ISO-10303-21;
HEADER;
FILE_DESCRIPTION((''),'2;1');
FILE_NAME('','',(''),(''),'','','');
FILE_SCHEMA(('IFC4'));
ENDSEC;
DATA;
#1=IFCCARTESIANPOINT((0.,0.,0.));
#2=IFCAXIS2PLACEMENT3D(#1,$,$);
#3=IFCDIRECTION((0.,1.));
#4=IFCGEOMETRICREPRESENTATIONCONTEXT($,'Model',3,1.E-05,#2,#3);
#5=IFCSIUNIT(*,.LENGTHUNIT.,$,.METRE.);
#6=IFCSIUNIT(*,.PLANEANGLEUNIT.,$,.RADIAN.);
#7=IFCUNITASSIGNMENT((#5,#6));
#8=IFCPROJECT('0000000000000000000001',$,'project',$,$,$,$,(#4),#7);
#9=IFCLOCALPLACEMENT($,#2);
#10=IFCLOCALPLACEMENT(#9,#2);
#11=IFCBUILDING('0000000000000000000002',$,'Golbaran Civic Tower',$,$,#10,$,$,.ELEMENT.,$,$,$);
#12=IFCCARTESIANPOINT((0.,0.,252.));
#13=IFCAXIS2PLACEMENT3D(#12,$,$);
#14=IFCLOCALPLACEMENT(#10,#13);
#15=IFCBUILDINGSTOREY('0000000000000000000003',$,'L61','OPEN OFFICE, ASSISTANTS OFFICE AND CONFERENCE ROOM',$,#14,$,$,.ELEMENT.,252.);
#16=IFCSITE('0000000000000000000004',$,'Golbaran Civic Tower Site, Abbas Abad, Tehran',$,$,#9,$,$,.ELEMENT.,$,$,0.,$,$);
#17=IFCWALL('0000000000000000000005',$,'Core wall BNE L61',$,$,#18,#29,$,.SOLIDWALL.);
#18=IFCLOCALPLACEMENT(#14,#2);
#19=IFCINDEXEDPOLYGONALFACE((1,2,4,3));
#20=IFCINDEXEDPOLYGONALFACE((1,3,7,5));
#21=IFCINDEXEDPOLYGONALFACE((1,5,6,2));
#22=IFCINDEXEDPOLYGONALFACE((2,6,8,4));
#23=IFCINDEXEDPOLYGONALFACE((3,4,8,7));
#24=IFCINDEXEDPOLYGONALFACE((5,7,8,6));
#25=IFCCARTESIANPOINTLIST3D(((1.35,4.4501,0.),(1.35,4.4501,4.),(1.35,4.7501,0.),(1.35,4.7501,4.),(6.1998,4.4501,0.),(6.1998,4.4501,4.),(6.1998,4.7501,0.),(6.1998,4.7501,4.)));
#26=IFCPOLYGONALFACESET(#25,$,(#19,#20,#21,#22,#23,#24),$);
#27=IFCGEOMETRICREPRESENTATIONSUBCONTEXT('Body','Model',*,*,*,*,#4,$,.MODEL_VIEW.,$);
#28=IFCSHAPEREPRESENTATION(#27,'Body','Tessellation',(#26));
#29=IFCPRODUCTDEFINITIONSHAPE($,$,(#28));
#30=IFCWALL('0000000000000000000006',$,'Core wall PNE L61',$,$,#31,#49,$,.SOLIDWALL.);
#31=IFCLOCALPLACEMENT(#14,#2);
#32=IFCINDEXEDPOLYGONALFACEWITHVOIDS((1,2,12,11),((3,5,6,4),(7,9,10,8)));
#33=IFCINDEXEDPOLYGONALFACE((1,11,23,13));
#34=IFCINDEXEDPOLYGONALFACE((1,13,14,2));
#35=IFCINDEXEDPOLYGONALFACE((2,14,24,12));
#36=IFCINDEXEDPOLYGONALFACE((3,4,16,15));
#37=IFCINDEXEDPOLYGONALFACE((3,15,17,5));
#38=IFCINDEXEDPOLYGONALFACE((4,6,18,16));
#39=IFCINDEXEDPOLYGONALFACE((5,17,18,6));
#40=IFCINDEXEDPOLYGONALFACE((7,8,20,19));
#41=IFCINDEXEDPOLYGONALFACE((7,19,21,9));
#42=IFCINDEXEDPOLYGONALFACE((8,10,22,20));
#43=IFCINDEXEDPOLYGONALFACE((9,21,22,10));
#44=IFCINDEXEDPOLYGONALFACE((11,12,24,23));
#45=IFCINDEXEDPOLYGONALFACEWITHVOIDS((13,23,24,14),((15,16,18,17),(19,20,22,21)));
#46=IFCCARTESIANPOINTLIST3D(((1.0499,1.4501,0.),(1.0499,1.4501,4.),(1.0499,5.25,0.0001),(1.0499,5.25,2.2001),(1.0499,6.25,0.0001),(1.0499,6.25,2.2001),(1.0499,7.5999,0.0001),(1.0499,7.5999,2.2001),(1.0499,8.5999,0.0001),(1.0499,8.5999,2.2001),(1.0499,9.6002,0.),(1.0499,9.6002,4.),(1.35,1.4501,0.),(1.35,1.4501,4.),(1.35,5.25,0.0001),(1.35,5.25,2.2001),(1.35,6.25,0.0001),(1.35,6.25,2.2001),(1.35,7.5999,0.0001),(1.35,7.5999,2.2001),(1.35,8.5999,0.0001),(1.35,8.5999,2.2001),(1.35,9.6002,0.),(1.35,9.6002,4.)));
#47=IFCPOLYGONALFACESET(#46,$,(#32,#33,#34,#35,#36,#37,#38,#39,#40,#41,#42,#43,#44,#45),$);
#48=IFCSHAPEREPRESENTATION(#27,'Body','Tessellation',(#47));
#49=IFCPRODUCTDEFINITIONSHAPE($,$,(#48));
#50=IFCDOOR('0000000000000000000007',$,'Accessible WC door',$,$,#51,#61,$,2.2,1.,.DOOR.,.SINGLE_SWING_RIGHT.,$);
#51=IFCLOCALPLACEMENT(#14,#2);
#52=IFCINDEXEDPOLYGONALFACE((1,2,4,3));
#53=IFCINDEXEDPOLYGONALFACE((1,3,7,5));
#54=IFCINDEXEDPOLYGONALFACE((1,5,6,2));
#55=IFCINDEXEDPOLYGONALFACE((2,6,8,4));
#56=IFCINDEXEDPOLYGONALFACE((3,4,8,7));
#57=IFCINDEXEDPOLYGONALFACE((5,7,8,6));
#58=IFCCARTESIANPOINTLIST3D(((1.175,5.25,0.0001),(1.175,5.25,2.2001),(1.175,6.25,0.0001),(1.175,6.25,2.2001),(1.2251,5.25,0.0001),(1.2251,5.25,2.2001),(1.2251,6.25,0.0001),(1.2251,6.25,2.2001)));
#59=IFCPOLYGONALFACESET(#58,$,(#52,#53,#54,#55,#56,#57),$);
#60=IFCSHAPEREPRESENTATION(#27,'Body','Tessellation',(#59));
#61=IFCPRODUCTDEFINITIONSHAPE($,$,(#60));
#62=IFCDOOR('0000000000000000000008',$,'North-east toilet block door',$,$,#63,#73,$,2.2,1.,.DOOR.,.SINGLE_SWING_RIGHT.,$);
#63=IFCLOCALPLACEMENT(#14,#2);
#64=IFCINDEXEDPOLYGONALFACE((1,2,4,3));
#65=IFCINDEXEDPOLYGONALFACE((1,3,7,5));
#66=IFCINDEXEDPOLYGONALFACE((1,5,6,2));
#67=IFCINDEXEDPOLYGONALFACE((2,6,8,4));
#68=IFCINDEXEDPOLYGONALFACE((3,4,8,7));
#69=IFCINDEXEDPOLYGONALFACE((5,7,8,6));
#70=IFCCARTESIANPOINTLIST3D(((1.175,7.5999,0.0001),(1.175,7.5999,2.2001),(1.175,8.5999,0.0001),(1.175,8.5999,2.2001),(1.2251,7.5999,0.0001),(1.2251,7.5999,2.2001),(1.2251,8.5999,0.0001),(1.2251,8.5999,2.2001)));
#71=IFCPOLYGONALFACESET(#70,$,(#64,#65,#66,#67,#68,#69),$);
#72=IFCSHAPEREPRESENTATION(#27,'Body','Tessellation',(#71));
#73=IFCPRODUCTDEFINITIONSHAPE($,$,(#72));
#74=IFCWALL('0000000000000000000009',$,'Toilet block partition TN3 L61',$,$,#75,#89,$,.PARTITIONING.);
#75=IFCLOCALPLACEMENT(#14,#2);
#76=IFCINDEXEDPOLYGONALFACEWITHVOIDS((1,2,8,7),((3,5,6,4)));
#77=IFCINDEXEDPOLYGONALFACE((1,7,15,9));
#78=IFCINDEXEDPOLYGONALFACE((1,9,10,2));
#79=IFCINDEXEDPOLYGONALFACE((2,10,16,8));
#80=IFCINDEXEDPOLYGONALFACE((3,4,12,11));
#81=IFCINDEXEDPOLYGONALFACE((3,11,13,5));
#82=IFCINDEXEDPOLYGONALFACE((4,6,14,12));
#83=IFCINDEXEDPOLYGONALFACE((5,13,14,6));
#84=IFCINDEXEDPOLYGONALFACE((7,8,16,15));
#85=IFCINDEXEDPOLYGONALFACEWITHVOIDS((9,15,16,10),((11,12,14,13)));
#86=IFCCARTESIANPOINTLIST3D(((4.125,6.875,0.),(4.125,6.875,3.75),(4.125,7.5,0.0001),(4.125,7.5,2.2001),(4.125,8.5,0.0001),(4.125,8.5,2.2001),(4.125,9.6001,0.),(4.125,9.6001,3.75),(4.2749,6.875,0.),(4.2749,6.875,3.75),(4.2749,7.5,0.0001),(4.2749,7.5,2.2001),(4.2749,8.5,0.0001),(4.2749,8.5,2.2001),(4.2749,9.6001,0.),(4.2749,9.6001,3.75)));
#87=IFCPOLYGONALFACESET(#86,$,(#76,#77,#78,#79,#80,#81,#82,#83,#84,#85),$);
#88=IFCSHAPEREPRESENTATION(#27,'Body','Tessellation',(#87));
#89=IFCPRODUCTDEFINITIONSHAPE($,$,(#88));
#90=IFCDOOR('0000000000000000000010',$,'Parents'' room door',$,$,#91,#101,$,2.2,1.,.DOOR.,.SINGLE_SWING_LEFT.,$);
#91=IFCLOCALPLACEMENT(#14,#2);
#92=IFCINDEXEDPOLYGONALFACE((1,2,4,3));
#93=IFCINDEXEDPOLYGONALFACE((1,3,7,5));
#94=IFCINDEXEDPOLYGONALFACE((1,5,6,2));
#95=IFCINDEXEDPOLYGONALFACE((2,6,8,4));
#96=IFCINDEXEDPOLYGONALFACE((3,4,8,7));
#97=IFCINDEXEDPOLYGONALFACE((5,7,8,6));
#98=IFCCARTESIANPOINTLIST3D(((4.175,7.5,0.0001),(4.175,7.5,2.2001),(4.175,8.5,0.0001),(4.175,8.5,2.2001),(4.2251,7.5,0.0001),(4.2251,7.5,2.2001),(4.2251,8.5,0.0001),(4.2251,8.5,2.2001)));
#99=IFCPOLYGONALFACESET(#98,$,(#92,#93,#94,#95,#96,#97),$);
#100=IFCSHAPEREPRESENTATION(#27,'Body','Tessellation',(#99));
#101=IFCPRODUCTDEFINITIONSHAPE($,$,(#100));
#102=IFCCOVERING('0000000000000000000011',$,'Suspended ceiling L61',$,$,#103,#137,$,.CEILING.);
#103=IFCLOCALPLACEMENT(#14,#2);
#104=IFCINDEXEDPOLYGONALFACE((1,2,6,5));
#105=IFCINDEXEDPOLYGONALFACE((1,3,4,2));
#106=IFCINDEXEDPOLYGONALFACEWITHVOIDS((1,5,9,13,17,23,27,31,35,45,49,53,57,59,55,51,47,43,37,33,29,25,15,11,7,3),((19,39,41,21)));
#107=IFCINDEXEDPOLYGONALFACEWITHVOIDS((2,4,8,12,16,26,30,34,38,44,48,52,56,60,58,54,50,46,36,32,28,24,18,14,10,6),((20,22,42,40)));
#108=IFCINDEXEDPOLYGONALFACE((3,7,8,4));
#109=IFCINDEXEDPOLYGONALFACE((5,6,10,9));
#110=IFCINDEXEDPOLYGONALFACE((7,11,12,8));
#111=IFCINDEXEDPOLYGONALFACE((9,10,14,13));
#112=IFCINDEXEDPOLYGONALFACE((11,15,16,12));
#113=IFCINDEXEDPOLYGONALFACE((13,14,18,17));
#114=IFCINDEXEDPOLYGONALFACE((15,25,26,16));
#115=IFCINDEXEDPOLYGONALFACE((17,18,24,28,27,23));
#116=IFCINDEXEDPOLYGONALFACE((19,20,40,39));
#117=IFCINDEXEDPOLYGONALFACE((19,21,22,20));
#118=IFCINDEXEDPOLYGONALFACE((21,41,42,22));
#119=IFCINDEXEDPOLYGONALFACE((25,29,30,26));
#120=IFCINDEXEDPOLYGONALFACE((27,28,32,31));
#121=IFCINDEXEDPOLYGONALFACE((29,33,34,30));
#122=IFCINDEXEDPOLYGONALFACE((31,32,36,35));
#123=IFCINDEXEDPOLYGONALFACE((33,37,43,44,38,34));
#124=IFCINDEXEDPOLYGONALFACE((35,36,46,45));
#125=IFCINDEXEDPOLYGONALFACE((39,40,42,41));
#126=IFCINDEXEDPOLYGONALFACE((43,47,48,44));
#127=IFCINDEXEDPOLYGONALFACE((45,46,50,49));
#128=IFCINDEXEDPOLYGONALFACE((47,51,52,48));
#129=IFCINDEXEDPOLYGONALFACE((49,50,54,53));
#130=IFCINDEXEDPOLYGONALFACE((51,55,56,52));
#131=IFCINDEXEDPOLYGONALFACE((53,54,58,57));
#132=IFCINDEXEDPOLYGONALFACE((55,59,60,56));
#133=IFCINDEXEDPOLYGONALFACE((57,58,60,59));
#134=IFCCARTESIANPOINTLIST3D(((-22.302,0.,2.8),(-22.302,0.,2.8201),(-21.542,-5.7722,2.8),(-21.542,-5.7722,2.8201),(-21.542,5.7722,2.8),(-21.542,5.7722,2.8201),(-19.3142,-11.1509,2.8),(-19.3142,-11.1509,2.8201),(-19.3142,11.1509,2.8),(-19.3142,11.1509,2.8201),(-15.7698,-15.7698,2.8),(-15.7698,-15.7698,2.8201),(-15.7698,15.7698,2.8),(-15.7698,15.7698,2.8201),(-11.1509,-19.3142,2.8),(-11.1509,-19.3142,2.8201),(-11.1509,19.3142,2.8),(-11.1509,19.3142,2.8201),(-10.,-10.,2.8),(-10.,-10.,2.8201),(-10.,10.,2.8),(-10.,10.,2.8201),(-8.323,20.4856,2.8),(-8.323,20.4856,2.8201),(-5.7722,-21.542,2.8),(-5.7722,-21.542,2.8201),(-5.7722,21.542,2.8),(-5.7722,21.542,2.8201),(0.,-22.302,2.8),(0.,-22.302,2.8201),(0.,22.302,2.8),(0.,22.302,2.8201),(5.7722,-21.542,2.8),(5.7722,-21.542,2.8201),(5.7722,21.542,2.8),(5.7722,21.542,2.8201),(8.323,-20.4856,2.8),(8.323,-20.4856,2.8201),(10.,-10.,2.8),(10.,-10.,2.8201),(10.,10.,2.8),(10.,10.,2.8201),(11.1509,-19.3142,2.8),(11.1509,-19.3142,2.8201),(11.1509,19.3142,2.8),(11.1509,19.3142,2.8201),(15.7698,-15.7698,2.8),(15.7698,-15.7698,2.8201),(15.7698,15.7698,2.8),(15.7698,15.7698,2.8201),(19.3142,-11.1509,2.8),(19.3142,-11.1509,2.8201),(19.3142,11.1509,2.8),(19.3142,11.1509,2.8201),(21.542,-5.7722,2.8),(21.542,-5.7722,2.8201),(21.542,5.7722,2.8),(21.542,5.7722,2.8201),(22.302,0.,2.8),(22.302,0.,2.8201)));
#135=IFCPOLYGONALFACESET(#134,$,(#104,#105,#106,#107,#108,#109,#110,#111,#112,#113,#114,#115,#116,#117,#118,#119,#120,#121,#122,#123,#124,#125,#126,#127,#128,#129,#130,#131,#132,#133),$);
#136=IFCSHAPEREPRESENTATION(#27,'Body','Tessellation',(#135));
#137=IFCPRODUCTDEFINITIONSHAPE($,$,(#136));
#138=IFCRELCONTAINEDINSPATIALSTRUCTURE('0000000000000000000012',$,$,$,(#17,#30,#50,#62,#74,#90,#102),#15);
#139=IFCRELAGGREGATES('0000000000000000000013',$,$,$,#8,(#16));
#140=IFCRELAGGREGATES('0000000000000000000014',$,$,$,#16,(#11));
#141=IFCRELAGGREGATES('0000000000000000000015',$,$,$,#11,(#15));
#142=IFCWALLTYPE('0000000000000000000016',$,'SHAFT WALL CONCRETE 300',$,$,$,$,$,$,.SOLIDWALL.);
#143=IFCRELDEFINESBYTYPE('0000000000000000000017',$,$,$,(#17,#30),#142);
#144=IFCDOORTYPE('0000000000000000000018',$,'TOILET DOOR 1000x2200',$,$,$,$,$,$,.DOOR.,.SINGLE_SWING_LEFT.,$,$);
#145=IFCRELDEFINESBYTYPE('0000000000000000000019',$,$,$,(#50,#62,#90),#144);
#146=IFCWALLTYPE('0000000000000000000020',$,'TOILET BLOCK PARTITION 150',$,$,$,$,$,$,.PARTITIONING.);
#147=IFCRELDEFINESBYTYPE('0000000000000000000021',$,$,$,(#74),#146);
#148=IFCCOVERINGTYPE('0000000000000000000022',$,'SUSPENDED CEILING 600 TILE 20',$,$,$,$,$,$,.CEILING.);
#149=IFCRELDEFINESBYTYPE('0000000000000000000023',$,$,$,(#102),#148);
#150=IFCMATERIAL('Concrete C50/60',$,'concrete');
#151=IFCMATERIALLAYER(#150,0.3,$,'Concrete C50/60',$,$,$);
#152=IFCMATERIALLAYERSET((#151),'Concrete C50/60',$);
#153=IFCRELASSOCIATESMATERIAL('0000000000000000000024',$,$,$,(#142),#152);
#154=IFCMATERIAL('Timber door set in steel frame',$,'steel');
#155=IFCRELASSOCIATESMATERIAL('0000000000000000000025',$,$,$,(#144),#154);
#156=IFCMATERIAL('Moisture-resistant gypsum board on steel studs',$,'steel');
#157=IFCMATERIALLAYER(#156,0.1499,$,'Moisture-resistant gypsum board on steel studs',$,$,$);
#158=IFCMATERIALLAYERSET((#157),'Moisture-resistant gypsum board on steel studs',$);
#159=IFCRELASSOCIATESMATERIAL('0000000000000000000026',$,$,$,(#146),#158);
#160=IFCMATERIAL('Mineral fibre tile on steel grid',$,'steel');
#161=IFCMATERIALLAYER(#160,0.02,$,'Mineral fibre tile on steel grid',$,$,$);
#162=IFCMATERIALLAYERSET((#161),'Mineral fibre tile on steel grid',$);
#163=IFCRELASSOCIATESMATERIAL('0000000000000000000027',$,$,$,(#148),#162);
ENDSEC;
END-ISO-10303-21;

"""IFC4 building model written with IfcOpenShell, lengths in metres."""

from ifc_helpers import new_model, si_unit, direction, frame, frame_2d, origin, place, context, subcontext, project, spatial, polyline, rectangle, outline, extrude, material, layer, layer_set, type_object, element, fill, save


model = new_model("IFC4")

# Units and contexts
model_context = context("Model", 3, precision=1e-05, world=origin(), true_north=direction((0.0, 1.0)))
body_context = subcontext(model_context, "Body", "Model", "MODEL_VIEW")
ifc_project = project(units=[si_unit("LENGTHUNIT", "METRE"), si_unit("PLANEANGLEUNIT", "RADIAN")], contexts=[model_context])

# Site, building, storey
site_placement = place(None, origin())
site = spatial("IfcSite", under=ifc_project, at=site_placement, Name="Golbaran Civic Tower Site, Abbas Abad, Tehran", CompositionType="ELEMENT", RefElevation=0.0)
building_placement = place(site_placement, origin())
building = spatial("IfcBuilding", under=site, at=building_placement, Name="Golbaran Civic Tower", CompositionType="ELEMENT")
storey_placement = place(building_placement, frame((0.0, 0.0, 252.0)))
storey = spatial("IfcBuildingStorey", under=building, at=storey_placement, Name="L61", Description="OPEN OFFICE, ASSISTANTS OFFICE AND CONFERENCE ROOM", CompositionType="ELEMENT", Elevation=252.0)

# Shared definitions
ifc_material_1 = material(Name="Timber door set in steel frame", Category="steel")

# Shared definitions
ifc_material_2 = material(Name="Concrete C50/60", Category="concrete")

# Shared definitions
ifc_layer_1 = layer(ifc_material_2, 0.3, Name="Concrete C50/60")
ifc_layer_set_1 = layer_set([ifc_layer_1], Name="Concrete C50/60")
wall_type_1 = type_object("IfcWallType", Name="SHAFT WALL CONCRETE 300", PredefinedType="SOLIDWALL", material=ifc_layer_set_1)

# Wall
wall_1_placement = place(storey_placement, frame((1.3501, 4.6001, 0.0), z_axis=(0.0, 0.0, 1.0), x_axis=(1.0, 0.0, 0.0)))
element("IfcWall", 1, at=wall_1_placement, inside=storey, type_object=wall_type_1, Name="Core wall BNE L61", PredefinedType="SOLIDWALL", context=body_context, shape_type="SweptSolid", body=[
    extrude(rectangle(XDim=4.8499, YDim=0.3, at=frame_2d((2.4248, 0.0))), origin(), (0.0, 0.0, 1.0), 4.0),
])

# Wall, openings, doors
wall_2_placement = place(storey_placement, frame((1.2, 1.45, 0.0), z_axis=(0.0, 0.0, 1.0), x_axis=(0.0, 1.0, 0.0)))
wall_2 = element("IfcWall", 2, at=wall_2_placement, inside=storey, type_object=wall_type_1, Name="Core wall PNE L61", PredefinedType="SOLIDWALL", context=body_context, shape_type="SweptSolid", body=[
    extrude(rectangle(XDim=8.1501, YDim=0.3, at=frame_2d((4.0752, 0.0))), origin(), (0.0, 0.0, 1.0), 4.0),
])
opening_1_placement = place(wall_2_placement, frame((3.8, 0.0, 0.0)))
opening_1 = element("IfcOpeningElement", 3, at=opening_1_placement, cuts=wall_2, PredefinedType="OPENING", context=body_context, shape_type="SweptSolid", body=[
    extrude(rectangle(XDim=1.0, YDim=2.2, at=frame_2d((0.5, 1.1001))), frame((0.0, 0.1599, 0.0), z_axis=(0.0, -1.0, 0.0), x_axis=(1.0, 0.0, 0.0)), (0.0, 0.0, 1.0), 0.3201),
])
opening_2_placement = place(wall_2_placement, frame((6.1499, 0.0, 0.0)))
opening_2 = element("IfcOpeningElement", 4, at=opening_2_placement, cuts=wall_2, PredefinedType="OPENING", context=body_context, shape_type="SweptSolid", body=[
    extrude(rectangle(XDim=1.0, YDim=2.2, at=frame_2d((0.5, 1.1001))), frame((0.0, 0.1599, 0.0), z_axis=(0.0, -1.0, 0.0), x_axis=(1.0, 0.0, 0.0)), (0.0, 0.0, 1.0), 0.3201),
])
door_type_1 = type_object("IfcDoorType", Name="TOILET DOOR 1000x2200", OperationType="SINGLE_SWING_LEFT", PredefinedType="DOOR", material=ifc_material_1)
door_1_placement = place(opening_1_placement, origin())
door_1 = element("IfcDoor", 5, at=door_1_placement, inside=storey, type_object=door_type_1, Name="Accessible WC door", OperationType="SINGLE_SWING_RIGHT", OverallHeight=2.2, OverallWidth=1.0, PredefinedType="DOOR", context=body_context, shape_type="SweptSolid", body=[
    extrude(rectangle(XDim=1.0, YDim=2.2, at=frame_2d((0.5, 1.1001))), frame((0.0, 0.0249, 0.0), z_axis=(0.0, -1.0, 0.0), x_axis=(1.0, 0.0, 0.0)), (0.0, 0.0, 1.0), 0.05),
])
fill(opening_1, door_1)
door_2_placement = place(opening_2_placement, origin())
door_2 = element("IfcDoor", 6, at=door_2_placement, inside=storey, type_object=door_type_1, Name="North-east toilet block door", OperationType="SINGLE_SWING_RIGHT", OverallHeight=2.2, OverallWidth=1.0, PredefinedType="DOOR", context=body_context, shape_type="SweptSolid", body=[
    extrude(rectangle(XDim=1.0, YDim=2.2, at=frame_2d((0.5, 1.1001))), frame((0.0, 0.0249, 0.0), z_axis=(0.0, -1.0, 0.0), x_axis=(1.0, 0.0, 0.0)), (0.0, 0.0, 1.0), 0.05),
])
fill(opening_2, door_2)

# Wall, opening, door
ifc_material_3 = material(Name="Moisture-resistant gypsum board on steel studs", Category="steel")
ifc_layer_2 = layer(ifc_material_3, 0.1499, Name="Moisture-resistant gypsum board on steel studs")
ifc_layer_set_2 = layer_set([ifc_layer_2], Name="Moisture-resistant gypsum board on steel studs")
wall_type_2 = type_object("IfcWallType", Name="TOILET BLOCK PARTITION 150", PredefinedType="PARTITIONING", material=ifc_layer_set_2)
wall_3_placement = place(storey_placement, frame((4.2, 6.875, 0.0), z_axis=(0.0, 0.0, 1.0), x_axis=(0.0, 1.0, 0.0)))
wall_3 = element("IfcWall", 7, at=wall_3_placement, inside=storey, type_object=wall_type_2, Name="Toilet block partition TN3 L61", PredefinedType="PARTITIONING", context=body_context, shape_type="SweptSolid", body=[
    extrude(rectangle(XDim=2.7251, YDim=0.1499, at=frame_2d((1.3625, 0.0))), origin(), (0.0, 0.0, 1.0), 3.75),
])
opening_3_placement = place(wall_3_placement, frame((0.625, 0.0, 0.0)))
opening_3 = element("IfcOpeningElement", 8, at=opening_3_placement, cuts=wall_3, PredefinedType="OPENING", context=body_context, shape_type="SweptSolid", body=[
    extrude(rectangle(XDim=1.0, YDim=2.2, at=frame_2d((0.5, 1.1001))), frame((0.0, 0.085, 0.0), z_axis=(0.0, -1.0, 0.0), x_axis=(1.0, 0.0, 0.0)), (0.0, 0.0, 1.0), 0.1699),
])
door_3_placement = place(opening_3_placement, origin())
door_3 = element("IfcDoor", 9, at=door_3_placement, inside=storey, type_object=door_type_1, Name="Parents' room door", OperationType="SINGLE_SWING_LEFT", OverallHeight=2.2, OverallWidth=1.0, PredefinedType="DOOR", context=body_context, shape_type="SweptSolid", body=[
    extrude(rectangle(XDim=1.0, YDim=2.2, at=frame_2d((0.5, 1.1001))), frame((0.0, 0.0249, 0.0), z_axis=(0.0, -1.0, 0.0), x_axis=(1.0, 0.0, 0.0)), (0.0, 0.0, 1.0), 0.05),
])
fill(opening_3, door_3)

# Covering
ifc_material_4 = material(Name="Mineral fibre tile on steel grid", Category="steel")
ifc_layer_3 = layer(ifc_material_4, 0.02, Name="Mineral fibre tile on steel grid")
ifc_layer_set_3 = layer_set([ifc_layer_3], Name="Mineral fibre tile on steel grid")
covering_type = type_object("IfcCoveringType", Name="SUSPENDED CEILING 600 TILE 20", PredefinedType="CEILING", material=ifc_layer_set_3)
covering_placement = place(storey_placement, frame((0.0, 0.0, 2.8)))
element("IfcCovering", 10, at=covering_placement, inside=storey, type_object=covering_type, Name="Suspended ceiling L61", PredefinedType="CEILING", context=body_context, shape_type="SweptSolid", body=[
    extrude(outline(polyline([(-21.542, 5.7722), (-19.3142, 11.1509), (-15.7698, 15.7698), (-11.1509, 19.3142), (-8.323, 20.4856), (-5.7722, 21.542), (0.0, 22.302), (5.7722, 21.542), (11.1509, 19.3142), (15.7698, 15.7698), (19.3142, 11.1509), (21.542, 5.7722), (22.302, 0.0), (21.542, -5.7722), (19.3142, -11.1509), (15.7698, -15.7698), (11.1509, -19.3142), (8.323, -20.4856), (5.7722, -21.542), (0.0, -22.302), (-5.7722, -21.542), (-11.1509, -19.3142), (-15.7698, -15.7698), (-19.3142, -11.1509), (-21.542, -5.7722), (-22.302, 0.0), (-21.542, 5.7722)]), holes=[polyline([(-10.0, 10.0), (-10.0, -10.0), (10.0, -10.0), (10.0, 10.0), (-10.0, 10.0)])]), origin(), (0.0, 0.0, 1.0), 0.02),
])

save(model, "model.ifc")
